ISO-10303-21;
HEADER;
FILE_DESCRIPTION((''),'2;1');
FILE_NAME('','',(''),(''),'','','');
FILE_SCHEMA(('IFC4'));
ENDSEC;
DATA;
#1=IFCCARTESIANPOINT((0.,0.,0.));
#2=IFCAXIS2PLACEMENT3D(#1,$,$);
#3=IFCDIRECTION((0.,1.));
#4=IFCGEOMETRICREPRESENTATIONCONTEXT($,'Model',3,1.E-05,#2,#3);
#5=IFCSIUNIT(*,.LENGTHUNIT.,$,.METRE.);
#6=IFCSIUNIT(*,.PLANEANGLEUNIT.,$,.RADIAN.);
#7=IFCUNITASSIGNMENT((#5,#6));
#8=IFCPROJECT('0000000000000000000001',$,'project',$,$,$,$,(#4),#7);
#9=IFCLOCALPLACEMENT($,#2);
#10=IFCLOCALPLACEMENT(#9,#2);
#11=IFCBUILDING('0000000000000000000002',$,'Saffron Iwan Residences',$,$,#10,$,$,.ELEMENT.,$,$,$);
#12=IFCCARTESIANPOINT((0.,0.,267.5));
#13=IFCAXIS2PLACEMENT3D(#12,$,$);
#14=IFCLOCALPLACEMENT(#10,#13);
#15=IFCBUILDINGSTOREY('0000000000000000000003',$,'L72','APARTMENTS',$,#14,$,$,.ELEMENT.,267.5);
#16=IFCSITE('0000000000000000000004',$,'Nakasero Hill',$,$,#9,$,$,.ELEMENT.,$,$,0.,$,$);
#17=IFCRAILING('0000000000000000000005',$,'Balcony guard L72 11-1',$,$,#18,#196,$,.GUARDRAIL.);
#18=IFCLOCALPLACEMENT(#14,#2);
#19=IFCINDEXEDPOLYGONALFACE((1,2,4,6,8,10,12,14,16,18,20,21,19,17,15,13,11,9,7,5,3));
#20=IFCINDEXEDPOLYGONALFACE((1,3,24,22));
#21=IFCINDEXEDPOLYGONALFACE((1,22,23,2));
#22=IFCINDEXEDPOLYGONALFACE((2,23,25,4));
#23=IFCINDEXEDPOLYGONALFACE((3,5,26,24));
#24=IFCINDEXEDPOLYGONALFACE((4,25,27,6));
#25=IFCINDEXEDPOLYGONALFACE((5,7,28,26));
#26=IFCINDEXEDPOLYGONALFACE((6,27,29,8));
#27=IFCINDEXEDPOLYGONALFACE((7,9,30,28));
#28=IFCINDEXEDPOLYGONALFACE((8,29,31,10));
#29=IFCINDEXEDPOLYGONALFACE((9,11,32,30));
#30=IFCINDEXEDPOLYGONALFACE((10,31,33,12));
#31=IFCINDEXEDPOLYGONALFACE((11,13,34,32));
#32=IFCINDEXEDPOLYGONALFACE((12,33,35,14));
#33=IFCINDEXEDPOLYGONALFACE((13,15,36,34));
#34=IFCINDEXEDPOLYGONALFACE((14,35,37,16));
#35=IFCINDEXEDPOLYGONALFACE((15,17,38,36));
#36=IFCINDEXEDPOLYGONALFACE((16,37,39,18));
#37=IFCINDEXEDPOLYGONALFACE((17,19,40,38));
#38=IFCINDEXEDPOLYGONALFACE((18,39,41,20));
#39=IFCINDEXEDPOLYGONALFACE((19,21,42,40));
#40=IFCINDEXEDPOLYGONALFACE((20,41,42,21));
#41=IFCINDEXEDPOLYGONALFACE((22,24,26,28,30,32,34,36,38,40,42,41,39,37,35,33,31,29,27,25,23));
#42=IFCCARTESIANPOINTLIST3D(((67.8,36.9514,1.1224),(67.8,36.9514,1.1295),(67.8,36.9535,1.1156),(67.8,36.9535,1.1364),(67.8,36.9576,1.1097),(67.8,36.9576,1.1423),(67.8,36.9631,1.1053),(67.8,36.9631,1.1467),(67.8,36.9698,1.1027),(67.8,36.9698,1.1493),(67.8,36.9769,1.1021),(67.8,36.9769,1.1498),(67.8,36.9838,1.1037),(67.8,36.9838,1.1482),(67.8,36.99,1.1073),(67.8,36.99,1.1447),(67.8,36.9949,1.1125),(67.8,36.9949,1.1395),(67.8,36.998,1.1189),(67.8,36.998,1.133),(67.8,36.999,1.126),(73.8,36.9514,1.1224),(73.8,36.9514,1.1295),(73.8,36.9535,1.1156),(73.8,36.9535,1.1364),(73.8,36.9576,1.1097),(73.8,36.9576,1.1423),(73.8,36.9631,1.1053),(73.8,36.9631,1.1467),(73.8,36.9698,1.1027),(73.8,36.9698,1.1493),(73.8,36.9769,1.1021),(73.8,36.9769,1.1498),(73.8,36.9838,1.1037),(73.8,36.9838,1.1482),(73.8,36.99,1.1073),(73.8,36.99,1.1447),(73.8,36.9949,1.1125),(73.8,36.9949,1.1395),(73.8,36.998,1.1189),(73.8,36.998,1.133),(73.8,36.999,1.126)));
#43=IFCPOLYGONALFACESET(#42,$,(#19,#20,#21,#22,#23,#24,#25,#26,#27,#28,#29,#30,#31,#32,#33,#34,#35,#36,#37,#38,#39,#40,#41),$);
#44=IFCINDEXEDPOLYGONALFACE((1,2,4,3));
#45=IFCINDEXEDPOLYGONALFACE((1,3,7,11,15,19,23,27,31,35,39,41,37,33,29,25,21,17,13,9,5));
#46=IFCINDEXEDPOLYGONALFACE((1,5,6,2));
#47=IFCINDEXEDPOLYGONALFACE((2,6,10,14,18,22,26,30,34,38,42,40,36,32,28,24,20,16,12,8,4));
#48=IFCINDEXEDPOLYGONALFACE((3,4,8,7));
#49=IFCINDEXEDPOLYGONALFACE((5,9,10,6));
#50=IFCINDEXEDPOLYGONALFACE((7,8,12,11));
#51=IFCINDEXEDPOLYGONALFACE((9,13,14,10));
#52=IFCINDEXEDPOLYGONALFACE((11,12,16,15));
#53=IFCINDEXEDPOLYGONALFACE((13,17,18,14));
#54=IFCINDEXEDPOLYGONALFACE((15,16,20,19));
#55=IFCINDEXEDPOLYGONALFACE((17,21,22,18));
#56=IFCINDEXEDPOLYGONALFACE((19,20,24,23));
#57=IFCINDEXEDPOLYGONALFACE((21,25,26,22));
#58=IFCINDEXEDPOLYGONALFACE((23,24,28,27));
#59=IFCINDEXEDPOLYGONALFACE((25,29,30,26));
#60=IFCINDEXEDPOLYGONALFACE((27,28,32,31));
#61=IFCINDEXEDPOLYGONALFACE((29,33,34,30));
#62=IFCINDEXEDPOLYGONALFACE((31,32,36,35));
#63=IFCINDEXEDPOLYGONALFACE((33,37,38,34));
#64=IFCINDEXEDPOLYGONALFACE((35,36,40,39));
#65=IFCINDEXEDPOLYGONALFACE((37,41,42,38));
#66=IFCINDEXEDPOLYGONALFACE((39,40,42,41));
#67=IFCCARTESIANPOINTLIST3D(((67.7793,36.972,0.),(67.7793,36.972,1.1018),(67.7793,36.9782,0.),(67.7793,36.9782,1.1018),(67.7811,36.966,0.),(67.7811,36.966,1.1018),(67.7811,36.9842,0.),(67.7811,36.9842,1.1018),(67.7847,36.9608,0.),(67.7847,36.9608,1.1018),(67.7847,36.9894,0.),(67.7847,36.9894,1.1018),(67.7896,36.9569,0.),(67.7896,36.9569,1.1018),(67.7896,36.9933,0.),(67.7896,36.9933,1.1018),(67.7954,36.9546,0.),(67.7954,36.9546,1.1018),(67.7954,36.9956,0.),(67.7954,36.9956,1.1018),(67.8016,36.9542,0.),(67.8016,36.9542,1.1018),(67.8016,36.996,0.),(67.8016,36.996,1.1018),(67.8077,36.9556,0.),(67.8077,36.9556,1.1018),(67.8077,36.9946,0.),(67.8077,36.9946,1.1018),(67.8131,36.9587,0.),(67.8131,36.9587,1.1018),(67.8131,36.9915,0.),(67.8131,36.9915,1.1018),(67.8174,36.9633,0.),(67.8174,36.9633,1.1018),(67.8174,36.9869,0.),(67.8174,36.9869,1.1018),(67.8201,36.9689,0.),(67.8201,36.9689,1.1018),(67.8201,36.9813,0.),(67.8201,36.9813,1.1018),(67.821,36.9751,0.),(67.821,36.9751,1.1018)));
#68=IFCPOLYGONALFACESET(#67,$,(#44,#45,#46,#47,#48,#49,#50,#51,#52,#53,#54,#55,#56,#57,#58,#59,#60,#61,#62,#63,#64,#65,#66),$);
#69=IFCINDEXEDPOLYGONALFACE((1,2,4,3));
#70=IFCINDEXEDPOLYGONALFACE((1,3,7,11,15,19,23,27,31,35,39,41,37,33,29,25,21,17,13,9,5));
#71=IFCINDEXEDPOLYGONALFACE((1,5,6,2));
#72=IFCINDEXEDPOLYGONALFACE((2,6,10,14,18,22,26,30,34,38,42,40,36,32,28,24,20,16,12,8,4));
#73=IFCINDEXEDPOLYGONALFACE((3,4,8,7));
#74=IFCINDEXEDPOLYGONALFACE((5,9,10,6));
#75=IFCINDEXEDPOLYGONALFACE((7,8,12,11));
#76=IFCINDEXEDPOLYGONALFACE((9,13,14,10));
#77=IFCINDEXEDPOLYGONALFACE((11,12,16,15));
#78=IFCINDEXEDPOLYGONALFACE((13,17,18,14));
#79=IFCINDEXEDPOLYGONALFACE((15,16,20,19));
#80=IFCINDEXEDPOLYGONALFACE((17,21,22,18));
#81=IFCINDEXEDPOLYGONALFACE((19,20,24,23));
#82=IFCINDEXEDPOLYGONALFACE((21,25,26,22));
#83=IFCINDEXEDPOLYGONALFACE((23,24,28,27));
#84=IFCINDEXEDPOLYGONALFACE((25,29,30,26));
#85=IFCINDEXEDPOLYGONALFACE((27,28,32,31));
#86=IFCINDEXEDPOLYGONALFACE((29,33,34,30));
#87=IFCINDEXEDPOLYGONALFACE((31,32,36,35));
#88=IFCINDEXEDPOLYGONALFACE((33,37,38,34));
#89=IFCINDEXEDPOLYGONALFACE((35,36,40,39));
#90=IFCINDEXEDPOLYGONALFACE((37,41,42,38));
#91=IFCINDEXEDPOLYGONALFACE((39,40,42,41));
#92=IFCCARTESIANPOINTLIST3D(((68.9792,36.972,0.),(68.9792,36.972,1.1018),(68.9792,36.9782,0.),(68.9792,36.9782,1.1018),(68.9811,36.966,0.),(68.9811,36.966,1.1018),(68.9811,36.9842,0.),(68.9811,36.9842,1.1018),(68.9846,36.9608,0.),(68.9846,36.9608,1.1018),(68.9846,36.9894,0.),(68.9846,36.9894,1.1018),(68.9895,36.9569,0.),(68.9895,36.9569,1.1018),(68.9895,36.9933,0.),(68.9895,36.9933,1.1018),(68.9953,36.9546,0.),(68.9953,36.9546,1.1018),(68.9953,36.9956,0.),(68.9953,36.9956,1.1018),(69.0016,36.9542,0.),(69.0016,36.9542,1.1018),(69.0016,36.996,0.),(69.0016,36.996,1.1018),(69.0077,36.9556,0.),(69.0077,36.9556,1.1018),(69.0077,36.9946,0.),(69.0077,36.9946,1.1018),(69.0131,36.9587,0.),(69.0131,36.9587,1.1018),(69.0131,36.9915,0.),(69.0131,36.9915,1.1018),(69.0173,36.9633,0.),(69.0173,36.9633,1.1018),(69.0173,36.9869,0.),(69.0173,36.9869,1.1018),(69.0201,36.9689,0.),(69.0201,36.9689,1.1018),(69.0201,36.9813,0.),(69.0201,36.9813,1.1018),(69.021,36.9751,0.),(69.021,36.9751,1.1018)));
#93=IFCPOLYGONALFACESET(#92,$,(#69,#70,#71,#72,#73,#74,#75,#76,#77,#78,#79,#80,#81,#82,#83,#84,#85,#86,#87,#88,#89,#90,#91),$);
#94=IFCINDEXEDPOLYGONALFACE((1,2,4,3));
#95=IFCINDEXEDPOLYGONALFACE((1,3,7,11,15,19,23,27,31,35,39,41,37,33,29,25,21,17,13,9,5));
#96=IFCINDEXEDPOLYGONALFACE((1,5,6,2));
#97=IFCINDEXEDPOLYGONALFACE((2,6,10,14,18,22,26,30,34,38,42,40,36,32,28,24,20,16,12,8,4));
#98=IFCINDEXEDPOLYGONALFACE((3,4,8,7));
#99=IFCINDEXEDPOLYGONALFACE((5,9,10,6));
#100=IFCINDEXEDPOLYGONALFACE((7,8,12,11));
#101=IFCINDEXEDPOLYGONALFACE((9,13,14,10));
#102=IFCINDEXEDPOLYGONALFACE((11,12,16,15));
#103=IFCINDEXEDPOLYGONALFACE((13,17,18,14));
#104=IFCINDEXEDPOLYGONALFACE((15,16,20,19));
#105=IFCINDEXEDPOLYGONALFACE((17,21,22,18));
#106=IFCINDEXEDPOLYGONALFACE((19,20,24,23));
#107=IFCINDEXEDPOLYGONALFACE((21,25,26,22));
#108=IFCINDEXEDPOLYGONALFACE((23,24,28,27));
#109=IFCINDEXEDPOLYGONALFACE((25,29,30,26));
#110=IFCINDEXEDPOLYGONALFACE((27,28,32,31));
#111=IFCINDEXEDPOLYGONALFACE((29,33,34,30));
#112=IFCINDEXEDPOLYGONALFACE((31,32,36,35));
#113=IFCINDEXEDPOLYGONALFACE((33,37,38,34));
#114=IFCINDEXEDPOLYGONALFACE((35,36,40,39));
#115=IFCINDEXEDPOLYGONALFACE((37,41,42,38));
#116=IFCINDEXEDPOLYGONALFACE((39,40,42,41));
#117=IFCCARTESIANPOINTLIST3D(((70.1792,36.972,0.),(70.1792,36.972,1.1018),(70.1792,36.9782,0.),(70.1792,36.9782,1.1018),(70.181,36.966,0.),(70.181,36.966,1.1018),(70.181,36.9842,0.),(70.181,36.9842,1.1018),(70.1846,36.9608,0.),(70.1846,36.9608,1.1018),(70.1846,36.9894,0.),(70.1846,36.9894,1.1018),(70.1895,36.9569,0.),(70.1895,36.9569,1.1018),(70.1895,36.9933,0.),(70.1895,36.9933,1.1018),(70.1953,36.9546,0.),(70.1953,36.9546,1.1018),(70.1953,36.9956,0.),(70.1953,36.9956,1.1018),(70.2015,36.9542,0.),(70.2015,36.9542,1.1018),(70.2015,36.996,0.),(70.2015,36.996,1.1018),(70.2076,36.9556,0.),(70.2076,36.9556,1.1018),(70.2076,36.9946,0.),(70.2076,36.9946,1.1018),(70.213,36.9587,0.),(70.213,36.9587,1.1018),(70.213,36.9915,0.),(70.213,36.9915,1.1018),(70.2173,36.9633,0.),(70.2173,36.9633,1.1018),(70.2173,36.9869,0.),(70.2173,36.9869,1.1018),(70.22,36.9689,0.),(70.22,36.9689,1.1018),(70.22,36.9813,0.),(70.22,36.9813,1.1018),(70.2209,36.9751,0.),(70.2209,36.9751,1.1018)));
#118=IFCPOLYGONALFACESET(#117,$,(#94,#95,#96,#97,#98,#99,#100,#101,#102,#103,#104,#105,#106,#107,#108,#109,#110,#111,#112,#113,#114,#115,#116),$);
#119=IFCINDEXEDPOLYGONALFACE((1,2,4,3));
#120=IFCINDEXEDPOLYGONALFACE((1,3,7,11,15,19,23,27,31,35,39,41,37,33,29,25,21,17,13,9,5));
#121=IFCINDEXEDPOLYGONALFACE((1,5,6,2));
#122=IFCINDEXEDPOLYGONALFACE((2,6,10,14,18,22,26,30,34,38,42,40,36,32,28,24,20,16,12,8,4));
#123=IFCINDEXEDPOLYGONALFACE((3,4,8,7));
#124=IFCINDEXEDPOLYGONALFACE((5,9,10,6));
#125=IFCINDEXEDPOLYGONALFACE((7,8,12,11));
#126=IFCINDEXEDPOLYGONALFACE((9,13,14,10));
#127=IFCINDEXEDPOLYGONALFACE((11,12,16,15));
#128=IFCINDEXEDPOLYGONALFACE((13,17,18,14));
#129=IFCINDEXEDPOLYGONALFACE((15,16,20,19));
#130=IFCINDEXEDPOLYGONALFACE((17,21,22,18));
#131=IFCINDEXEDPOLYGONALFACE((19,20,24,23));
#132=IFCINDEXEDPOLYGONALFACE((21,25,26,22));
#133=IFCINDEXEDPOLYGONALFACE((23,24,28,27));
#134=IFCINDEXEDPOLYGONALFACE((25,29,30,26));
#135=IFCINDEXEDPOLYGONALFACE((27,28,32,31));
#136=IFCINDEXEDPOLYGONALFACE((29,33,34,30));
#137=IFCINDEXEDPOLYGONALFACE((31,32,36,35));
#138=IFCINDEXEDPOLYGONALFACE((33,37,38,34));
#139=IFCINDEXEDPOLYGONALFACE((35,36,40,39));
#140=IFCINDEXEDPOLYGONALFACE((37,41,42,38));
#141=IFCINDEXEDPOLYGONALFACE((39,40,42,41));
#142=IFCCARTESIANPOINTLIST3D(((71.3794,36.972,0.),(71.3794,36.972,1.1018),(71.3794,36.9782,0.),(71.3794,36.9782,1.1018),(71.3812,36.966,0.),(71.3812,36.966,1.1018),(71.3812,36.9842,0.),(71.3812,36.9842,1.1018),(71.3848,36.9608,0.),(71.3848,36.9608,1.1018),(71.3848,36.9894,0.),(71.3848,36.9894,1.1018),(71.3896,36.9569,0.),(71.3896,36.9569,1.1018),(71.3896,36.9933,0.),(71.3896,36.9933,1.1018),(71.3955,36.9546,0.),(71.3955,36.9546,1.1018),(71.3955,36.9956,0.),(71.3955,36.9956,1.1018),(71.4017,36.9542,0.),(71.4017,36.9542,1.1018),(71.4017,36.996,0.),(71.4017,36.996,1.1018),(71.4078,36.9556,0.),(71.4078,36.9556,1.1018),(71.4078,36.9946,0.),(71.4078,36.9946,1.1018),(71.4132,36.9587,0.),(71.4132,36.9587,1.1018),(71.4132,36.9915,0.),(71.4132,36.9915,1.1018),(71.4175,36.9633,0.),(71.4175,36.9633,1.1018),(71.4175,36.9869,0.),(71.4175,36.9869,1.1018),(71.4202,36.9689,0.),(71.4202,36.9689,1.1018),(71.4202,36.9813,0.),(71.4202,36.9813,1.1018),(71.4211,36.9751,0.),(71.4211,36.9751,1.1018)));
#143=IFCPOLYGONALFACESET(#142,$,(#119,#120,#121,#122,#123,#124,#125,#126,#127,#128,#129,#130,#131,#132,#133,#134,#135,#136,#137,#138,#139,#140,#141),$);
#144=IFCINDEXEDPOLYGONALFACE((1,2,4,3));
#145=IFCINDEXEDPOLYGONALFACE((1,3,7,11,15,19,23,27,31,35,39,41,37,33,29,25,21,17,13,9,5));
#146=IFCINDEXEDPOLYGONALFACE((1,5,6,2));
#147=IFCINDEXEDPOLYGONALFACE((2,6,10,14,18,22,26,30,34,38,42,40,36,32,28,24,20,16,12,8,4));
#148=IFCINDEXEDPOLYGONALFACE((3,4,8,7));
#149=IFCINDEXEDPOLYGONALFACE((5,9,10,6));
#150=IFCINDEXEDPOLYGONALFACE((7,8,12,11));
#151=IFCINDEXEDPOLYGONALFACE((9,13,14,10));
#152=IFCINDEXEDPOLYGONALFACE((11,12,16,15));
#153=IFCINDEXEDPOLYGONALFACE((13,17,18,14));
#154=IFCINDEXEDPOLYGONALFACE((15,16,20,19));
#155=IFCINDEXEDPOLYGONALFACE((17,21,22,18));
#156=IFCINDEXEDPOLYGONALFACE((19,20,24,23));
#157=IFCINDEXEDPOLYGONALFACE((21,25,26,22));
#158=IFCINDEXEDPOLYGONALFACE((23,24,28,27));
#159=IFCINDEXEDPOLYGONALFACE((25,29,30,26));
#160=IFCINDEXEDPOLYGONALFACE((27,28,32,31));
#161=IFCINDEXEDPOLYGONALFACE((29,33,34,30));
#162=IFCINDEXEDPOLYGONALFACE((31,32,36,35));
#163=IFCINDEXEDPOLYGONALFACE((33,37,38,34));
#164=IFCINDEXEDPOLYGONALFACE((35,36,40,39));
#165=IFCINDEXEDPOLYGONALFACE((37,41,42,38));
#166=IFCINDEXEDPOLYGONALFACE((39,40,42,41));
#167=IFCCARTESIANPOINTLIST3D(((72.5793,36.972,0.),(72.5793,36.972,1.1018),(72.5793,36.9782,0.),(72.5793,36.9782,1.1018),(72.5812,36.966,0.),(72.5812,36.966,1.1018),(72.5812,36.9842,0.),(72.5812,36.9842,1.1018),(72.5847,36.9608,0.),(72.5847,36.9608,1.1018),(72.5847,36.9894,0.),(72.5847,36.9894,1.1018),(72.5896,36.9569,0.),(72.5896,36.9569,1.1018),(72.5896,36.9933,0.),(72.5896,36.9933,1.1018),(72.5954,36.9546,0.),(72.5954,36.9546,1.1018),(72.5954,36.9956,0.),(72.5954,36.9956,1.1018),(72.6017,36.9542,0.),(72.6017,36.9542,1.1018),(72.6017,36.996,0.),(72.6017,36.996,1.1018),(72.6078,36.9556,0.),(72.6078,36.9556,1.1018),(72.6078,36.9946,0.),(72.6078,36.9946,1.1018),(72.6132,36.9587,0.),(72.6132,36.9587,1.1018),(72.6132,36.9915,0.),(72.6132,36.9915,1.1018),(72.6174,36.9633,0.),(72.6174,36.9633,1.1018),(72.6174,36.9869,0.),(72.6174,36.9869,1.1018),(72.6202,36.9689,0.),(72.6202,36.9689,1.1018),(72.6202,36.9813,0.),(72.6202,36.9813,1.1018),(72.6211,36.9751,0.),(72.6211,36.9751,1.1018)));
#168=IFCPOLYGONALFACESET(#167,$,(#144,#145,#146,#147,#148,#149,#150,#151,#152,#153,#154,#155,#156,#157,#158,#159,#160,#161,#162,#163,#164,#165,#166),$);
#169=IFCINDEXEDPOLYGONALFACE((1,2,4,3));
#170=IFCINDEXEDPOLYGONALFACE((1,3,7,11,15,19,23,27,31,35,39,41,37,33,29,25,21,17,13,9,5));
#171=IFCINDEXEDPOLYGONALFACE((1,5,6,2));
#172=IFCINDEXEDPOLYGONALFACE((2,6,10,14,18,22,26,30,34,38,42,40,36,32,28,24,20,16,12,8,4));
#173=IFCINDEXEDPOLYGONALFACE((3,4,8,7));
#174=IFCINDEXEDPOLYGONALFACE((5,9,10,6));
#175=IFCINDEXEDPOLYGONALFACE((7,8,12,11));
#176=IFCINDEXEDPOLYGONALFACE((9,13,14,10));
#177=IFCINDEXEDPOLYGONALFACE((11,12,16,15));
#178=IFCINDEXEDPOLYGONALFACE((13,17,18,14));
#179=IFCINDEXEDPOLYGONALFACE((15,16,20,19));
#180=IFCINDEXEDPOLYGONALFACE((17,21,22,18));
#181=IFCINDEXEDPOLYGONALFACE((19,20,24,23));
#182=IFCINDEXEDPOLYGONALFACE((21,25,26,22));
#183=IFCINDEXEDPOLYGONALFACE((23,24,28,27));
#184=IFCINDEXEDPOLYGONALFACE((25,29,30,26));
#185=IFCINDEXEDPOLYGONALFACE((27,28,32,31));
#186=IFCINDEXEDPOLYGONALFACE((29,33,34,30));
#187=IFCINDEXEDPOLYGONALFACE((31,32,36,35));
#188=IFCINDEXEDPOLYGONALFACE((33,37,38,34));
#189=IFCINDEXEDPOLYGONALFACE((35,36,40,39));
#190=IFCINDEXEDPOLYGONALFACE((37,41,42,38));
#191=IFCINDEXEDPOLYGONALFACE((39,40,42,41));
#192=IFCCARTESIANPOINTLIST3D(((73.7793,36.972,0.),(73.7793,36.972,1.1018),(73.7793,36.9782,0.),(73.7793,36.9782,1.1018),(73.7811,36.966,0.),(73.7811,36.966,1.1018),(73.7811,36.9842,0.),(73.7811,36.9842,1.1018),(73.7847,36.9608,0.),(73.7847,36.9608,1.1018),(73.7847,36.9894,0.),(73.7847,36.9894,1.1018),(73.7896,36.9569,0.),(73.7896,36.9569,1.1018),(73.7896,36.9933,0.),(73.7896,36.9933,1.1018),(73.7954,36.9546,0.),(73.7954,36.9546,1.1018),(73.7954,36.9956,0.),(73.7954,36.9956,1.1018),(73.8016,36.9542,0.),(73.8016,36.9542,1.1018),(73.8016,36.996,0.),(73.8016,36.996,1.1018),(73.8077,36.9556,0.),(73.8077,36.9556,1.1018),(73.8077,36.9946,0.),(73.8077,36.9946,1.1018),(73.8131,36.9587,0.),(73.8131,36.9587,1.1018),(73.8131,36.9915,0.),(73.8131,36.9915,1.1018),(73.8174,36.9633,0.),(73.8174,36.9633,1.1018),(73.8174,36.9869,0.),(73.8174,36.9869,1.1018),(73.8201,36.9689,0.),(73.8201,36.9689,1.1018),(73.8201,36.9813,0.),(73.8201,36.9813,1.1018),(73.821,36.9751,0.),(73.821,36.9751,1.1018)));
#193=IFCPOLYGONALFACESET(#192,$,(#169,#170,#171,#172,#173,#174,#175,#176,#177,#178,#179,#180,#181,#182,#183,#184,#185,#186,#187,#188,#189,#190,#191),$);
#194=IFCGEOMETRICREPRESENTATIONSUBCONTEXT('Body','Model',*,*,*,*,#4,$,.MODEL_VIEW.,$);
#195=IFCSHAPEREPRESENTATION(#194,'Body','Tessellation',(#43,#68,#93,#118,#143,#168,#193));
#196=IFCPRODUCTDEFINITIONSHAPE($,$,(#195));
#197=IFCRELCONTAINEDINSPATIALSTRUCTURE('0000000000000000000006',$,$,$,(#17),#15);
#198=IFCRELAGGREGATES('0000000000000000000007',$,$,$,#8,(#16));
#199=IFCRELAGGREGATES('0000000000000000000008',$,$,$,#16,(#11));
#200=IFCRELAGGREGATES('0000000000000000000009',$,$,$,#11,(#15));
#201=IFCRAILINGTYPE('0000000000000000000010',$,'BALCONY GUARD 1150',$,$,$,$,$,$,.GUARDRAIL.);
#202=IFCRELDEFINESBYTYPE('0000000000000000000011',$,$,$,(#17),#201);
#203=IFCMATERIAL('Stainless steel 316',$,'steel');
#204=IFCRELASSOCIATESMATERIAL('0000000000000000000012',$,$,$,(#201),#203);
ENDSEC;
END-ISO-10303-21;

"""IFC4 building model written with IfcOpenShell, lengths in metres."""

from ifc_helpers import new_model, si_unit, direction, frame, origin, origin_2d, place, context, subcontext, project, spatial, circle, extrude, material, type_object, element, save


model = new_model("IFC4")

# Units and contexts
model_context = context("Model", 3, precision=1e-05, world=origin(), true_north=direction((0.0, 1.0)))
body_context = subcontext(model_context, "Body", "Model", "MODEL_VIEW")
ifc_project = project(units=[si_unit("LENGTHUNIT", "METRE"), si_unit("PLANEANGLEUNIT", "RADIAN")], contexts=[model_context])

# Site, building, storey
site_placement = place(None, origin())
site = spatial("IfcSite", under=ifc_project, at=site_placement, Name="Nakasero Hill", CompositionType="ELEMENT", RefElevation=0.0)
building_placement = place(site_placement, origin())
building = spatial("IfcBuilding", under=site, at=building_placement, Name="Saffron Iwan Residences", CompositionType="ELEMENT")
storey_placement = place(building_placement, frame((0.0, 0.0, 267.5)))
storey = spatial("IfcBuildingStorey", under=building, at=storey_placement, Name="L72", Description="APARTMENTS", CompositionType="ELEMENT", Elevation=267.5)

# Railing
ifc_material_1 = material(Name="Stainless steel 316", Category="steel")
railing_type = type_object("IfcRailingType", Name="BALCONY GUARD 1150", PredefinedType="GUARDRAIL", material=ifc_material_1)
railing_placement = place(storey_placement, frame((67.8, 36.9751, 0.0)))
element("IfcRailing", 1, at=railing_placement, inside=storey, type_object=railing_type, Name="Balcony guard L72 11-1", PredefinedType="GUARDRAIL", context=body_context, shape_type="SweptSolid", body=[
    extrude(circle(Radius=0.0239, at=origin_2d()), frame((0.0, 0.0, 1.126), z_axis=(1.0, 0.0, 0.0), x_axis=(0.0, 1.0, 0.0)), (0.0, 0.0, 1.0), 6.0),
    extrude(circle(Radius=0.021, at=origin_2d()), origin(), (0.0, 0.0, 1.0), 1.1018),
    extrude(circle(Radius=0.021, at=origin_2d()), frame((1.2, 0.0, 0.0)), (0.0, 0.0, 1.0), 1.1018),
    extrude(circle(Radius=0.021, at=origin_2d()), frame((2.3999, 0.0, 0.0)), (0.0, 0.0, 1.0), 1.1018),
    extrude(circle(Radius=0.021, at=origin_2d()), frame((3.6001, 0.0, 0.0)), (0.0, 0.0, 1.0), 1.1018),
    extrude(circle(Radius=0.021, at=origin_2d()), frame((4.8, 0.0, 0.0)), (0.0, 0.0, 1.0), 1.1018),
    extrude(circle(Radius=0.021, at=origin_2d()), frame((6.0, 0.0, 0.0)), (0.0, 0.0, 1.0), 1.1018),
])

save(model, "model.ifc")
